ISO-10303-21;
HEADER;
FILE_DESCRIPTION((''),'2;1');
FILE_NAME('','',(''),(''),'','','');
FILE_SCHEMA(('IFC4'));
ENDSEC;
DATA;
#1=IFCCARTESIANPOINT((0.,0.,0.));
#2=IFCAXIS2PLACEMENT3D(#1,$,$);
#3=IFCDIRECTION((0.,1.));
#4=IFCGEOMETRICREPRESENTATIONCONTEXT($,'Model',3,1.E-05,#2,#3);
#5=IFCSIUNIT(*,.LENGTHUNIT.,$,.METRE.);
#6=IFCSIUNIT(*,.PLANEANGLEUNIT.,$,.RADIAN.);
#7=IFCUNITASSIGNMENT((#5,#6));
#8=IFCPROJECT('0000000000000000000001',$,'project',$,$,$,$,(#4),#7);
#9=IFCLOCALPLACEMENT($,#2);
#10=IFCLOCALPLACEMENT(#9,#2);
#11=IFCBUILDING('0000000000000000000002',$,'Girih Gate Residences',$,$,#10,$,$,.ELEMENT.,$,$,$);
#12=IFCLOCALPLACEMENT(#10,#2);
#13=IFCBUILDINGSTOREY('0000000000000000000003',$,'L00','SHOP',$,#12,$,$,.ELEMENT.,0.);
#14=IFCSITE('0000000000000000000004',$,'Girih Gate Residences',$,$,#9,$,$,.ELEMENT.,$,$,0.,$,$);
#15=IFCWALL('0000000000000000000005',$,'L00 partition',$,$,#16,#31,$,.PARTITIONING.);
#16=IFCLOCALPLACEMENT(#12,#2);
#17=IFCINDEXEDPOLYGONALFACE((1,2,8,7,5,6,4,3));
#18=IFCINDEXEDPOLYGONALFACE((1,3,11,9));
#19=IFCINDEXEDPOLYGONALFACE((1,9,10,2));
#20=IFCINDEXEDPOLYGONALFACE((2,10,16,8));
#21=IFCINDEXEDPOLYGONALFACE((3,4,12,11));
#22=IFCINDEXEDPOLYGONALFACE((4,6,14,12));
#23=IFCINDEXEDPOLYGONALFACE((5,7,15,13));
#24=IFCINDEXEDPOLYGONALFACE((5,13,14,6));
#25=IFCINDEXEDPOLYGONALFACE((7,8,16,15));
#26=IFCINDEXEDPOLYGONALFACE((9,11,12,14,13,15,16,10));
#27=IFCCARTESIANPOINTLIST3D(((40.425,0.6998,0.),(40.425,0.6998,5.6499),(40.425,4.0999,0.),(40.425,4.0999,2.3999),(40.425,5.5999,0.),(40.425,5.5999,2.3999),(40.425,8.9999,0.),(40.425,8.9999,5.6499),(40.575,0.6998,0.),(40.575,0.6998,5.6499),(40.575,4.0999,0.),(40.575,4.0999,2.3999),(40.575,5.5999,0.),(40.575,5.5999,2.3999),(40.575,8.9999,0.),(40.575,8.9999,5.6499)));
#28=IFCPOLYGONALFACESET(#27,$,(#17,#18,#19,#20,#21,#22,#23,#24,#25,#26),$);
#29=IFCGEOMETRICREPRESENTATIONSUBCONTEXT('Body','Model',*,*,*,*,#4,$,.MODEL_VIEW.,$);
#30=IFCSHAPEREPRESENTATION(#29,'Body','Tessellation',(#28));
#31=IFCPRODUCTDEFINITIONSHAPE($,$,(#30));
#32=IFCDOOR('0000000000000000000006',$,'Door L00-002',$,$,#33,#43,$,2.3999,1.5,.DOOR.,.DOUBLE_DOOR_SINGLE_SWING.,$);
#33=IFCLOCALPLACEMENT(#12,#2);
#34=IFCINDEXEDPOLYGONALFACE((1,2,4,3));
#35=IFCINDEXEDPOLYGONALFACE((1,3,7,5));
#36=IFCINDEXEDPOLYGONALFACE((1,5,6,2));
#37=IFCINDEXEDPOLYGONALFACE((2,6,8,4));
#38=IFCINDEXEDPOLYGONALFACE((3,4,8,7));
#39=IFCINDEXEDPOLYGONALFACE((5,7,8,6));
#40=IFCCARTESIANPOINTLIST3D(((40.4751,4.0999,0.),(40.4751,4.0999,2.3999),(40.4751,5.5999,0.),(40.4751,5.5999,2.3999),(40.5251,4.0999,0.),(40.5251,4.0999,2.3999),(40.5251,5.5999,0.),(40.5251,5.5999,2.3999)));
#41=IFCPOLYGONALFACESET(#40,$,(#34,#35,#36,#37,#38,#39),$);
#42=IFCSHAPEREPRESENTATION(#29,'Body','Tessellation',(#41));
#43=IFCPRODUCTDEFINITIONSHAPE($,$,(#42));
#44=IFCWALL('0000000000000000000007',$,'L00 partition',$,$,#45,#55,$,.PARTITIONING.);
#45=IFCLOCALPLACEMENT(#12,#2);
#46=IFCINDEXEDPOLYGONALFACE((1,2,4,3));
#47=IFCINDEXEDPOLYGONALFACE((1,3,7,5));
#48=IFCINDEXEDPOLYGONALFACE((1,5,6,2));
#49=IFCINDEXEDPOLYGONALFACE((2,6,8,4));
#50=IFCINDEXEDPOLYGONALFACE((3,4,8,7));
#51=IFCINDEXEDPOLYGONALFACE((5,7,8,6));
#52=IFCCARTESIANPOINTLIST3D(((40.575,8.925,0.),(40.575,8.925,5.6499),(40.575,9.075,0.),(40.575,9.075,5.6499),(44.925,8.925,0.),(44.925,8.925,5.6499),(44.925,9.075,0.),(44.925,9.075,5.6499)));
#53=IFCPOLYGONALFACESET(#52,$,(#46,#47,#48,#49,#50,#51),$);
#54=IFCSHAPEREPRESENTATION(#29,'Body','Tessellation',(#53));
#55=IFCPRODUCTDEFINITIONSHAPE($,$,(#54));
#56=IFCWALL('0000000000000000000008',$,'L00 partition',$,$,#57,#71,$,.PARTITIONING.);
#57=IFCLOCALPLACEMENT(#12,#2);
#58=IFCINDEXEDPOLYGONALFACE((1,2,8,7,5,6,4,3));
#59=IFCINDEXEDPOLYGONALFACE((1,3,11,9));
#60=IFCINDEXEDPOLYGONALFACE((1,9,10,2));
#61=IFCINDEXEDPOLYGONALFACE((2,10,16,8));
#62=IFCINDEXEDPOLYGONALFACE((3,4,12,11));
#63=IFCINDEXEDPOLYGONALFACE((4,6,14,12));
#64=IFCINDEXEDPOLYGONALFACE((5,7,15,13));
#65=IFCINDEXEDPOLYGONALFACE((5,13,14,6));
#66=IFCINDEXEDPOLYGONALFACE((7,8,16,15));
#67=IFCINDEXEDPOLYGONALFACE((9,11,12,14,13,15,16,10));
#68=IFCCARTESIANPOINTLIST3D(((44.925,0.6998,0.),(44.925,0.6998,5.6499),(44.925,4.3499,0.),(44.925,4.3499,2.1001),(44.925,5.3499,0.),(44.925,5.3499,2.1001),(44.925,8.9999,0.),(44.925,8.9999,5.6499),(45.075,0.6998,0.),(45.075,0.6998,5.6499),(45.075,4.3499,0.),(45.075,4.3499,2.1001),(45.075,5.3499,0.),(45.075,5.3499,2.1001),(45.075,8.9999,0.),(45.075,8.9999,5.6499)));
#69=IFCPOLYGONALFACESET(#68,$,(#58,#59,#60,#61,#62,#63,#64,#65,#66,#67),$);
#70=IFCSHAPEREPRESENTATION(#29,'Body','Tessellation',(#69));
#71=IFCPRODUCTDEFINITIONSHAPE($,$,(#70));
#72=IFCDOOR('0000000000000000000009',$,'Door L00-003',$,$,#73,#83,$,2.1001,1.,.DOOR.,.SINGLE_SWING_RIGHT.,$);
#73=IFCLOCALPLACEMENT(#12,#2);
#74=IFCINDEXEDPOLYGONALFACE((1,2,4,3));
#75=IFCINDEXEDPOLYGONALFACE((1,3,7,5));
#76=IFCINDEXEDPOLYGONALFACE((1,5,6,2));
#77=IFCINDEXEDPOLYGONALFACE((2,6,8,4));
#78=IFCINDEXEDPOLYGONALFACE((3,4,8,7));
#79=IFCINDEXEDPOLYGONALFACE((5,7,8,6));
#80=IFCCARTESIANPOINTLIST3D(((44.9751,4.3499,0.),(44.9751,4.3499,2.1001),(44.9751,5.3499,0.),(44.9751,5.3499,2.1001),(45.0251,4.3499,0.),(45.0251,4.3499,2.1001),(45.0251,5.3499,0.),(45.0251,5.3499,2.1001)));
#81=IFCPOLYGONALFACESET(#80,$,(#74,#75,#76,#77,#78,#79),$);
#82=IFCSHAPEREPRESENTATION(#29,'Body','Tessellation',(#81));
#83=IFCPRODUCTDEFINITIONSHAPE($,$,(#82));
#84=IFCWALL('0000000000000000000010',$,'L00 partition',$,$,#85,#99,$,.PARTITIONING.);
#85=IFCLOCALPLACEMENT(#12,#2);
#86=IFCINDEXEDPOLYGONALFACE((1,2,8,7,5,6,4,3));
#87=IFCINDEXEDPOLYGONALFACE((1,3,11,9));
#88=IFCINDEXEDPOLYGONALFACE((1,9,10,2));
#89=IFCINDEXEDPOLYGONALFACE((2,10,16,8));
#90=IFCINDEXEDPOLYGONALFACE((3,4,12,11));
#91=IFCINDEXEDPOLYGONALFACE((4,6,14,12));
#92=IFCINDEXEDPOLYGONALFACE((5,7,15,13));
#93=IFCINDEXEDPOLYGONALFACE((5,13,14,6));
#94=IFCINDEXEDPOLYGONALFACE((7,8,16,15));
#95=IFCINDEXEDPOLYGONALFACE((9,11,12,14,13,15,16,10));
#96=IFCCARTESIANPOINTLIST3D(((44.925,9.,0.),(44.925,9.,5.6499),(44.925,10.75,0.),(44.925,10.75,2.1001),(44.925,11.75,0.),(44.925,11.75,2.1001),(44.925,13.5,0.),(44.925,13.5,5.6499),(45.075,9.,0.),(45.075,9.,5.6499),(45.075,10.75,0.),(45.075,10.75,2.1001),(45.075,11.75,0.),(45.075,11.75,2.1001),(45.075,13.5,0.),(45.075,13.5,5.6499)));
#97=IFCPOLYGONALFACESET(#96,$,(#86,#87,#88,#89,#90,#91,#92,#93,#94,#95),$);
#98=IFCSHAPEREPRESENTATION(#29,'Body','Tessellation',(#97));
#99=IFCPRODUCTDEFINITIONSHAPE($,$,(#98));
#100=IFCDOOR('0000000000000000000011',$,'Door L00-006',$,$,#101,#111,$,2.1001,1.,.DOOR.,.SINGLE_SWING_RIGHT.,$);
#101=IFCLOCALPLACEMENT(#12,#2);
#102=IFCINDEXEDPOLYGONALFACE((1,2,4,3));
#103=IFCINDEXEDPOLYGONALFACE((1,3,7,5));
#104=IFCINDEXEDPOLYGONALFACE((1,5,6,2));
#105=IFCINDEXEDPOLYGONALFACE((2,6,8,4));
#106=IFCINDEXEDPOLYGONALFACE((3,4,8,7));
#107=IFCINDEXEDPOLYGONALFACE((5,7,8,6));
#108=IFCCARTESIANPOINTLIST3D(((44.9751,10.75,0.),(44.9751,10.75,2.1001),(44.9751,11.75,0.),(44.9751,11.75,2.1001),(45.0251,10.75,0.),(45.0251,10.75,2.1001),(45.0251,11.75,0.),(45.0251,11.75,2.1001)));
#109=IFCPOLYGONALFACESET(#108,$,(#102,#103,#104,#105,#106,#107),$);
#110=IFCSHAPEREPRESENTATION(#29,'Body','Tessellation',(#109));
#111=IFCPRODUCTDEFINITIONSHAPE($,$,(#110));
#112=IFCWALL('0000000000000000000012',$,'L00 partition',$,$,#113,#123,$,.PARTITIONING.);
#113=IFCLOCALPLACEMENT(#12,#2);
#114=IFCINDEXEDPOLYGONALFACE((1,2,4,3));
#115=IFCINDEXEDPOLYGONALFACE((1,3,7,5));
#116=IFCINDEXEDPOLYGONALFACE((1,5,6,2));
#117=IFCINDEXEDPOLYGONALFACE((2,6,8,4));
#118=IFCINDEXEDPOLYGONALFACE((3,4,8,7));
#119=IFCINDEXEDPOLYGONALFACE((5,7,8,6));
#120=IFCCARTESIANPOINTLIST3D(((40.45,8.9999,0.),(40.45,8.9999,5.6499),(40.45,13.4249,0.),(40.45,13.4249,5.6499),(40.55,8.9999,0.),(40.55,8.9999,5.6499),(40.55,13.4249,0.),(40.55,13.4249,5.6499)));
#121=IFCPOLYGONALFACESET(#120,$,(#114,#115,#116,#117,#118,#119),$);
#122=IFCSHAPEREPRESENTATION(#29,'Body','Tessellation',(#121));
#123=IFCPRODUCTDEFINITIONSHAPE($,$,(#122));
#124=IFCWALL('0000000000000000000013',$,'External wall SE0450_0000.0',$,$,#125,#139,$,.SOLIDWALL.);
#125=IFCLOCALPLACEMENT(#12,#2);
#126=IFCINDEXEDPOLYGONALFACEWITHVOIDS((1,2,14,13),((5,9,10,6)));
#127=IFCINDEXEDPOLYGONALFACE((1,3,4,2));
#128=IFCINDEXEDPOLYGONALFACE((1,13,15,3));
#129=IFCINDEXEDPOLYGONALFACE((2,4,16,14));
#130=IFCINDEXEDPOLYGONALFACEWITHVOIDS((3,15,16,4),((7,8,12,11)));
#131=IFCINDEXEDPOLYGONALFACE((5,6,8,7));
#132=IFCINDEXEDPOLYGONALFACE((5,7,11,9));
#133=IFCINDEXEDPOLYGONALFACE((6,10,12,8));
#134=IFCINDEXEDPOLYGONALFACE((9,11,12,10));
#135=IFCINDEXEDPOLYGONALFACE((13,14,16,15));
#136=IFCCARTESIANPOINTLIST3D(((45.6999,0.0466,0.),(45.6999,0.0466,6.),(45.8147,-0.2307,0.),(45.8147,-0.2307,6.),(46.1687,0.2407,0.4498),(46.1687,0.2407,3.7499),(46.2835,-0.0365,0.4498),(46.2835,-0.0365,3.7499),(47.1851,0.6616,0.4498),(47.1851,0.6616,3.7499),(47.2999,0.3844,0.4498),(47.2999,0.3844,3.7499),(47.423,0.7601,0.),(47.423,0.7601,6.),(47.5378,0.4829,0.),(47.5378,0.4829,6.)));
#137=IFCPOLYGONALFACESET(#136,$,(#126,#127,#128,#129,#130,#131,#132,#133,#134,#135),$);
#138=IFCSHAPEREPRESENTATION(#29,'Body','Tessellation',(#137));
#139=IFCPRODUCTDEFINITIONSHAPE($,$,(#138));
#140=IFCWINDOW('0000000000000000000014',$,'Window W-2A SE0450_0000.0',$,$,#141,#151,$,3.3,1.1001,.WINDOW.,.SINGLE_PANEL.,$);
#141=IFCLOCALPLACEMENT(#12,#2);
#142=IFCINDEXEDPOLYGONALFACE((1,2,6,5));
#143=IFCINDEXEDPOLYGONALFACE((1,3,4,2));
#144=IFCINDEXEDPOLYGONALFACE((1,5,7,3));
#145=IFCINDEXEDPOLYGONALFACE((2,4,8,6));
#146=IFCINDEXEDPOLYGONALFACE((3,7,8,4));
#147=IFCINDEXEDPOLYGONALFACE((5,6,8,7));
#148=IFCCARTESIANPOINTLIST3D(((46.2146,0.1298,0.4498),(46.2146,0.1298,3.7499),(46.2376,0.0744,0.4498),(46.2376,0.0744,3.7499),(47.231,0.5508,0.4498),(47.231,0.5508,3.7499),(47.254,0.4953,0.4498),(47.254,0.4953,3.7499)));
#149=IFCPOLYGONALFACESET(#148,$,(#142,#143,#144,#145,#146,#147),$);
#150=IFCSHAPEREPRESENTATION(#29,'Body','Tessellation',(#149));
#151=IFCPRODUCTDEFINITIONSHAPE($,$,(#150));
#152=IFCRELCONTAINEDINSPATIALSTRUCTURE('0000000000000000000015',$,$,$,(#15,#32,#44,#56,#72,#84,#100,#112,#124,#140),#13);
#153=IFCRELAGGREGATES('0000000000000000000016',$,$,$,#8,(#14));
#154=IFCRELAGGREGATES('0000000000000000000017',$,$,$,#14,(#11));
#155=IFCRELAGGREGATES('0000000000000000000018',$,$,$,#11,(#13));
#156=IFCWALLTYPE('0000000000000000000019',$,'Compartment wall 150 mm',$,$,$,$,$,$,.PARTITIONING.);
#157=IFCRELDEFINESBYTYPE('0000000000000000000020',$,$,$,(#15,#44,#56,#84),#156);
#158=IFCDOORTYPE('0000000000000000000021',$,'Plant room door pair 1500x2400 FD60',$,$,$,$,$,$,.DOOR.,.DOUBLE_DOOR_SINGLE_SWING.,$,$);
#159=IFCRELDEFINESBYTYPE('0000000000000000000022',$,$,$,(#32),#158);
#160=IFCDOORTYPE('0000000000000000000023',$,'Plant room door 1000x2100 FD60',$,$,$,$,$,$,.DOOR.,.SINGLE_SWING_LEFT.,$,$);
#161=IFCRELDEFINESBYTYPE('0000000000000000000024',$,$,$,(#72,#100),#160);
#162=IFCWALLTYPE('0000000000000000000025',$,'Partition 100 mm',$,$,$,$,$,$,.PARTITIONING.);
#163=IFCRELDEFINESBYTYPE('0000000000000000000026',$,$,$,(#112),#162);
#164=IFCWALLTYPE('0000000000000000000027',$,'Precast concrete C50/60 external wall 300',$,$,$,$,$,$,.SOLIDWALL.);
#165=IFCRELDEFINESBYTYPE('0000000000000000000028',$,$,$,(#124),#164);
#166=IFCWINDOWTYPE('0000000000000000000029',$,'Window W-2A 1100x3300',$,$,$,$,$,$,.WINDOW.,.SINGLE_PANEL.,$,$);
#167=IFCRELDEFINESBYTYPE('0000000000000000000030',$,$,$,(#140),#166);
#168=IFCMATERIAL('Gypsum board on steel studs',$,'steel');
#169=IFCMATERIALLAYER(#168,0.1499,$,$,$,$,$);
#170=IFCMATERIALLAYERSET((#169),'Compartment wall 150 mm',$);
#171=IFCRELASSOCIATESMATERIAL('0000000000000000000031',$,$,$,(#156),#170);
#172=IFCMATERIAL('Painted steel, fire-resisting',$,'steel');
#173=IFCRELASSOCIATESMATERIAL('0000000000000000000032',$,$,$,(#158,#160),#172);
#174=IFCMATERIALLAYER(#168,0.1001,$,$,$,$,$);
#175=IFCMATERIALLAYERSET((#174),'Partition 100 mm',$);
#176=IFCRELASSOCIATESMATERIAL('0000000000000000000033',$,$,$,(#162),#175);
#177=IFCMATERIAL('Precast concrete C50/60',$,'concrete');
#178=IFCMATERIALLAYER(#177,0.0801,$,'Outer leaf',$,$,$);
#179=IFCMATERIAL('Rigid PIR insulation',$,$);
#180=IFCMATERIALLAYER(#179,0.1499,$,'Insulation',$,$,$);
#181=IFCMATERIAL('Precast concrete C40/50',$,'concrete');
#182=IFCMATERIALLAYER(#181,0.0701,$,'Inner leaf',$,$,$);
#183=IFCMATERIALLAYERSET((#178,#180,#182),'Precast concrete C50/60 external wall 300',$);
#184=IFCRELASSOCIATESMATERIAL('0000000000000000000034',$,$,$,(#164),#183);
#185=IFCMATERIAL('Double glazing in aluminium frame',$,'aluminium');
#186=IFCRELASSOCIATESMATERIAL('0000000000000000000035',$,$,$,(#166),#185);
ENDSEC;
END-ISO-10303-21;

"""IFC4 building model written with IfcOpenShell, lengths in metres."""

from ifc_helpers import new_model, si_unit, direction, frame, frame_2d, origin, place, context, subcontext, project, spatial, rectangle, extrude, material, layer, layer_set, type_object, element, fill, save


model = new_model("IFC4")

# Units and contexts
model_context = context("Model", 3, precision=1e-05, world=origin(), true_north=direction((0.0, 1.0)))
body_context = subcontext(model_context, "Body", "Model", "MODEL_VIEW")
ifc_project = project(units=[si_unit("LENGTHUNIT", "METRE"), si_unit("PLANEANGLEUNIT", "RADIAN")], contexts=[model_context])

# Site, building, storey
site_placement = place(None, origin())
site = spatial("IfcSite", under=ifc_project, at=site_placement, Name="Girih Gate Residences", CompositionType="ELEMENT", RefElevation=0.0)
building_placement = place(site_placement, origin())
building = spatial("IfcBuilding", under=site, at=building_placement, Name="Girih Gate Residences", CompositionType="ELEMENT")
storey_placement = place(building_placement, origin())
storey = spatial("IfcBuildingStorey", under=building, at=storey_placement, Name="L00", Description="SHOP", CompositionType="ELEMENT", Elevation=0.0)

# Wall, opening, door
ifc_material_1 = material(Name="Gypsum board on steel studs", Category="steel")
ifc_layer_1 = layer(ifc_material_1, 0.1499)
ifc_layer_set_1 = layer_set([ifc_layer_1], Name="Compartment wall 150 mm")
wall_type_1 = type_object("IfcWallType", Name="Compartment wall 150 mm", PredefinedType="PARTITIONING", material=ifc_layer_set_1)
wall_1_placement = place(storey_placement, frame((40.5, 0.7, 0.0), z_axis=(0.0, 0.0, 1.0), x_axis=(0.0, 1.0, 0.0)))
wall_1 = element("IfcWall", 1, at=wall_1_placement, inside=storey, type_object=wall_type_1, Name="L00 partition", PredefinedType="PARTITIONING", context=body_context, shape_type="SweptSolid", body=[
    extrude(rectangle(XDim=8.3, YDim=0.1499, at=frame_2d((4.1499, 0.0))), origin(), (0.0, 0.0, 1.0), 5.6499),
])
opening_1_placement = place(wall_1_placement, frame((3.3999, 0.0, 0.0)))
opening_1 = element("IfcOpeningElement", 2, at=opening_1_placement, cuts=wall_1, PredefinedType="OPENING", context=body_context, shape_type="SweptSolid", body=[
    extrude(rectangle(XDim=1.5, YDim=2.3999, at=frame_2d((0.75, 1.2))), frame((0.0, 0.085, 0.0), z_axis=(0.0, -1.0, 0.0), x_axis=(1.0, 0.0, 0.0)), (0.0, 0.0, 1.0), 0.1699),
])
ifc_material_2 = material(Name="Painted steel, fire-resisting", Category="steel")
door_type_1 = type_object("IfcDoorType", Name="Plant room door pair 1500x2400 FD60", OperationType="DOUBLE_DOOR_SINGLE_SWING", PredefinedType="DOOR", material=ifc_material_2)
door_1_placement = place(opening_1_placement, origin())
door_1 = element("IfcDoor", 3, at=door_1_placement, inside=storey, type_object=door_type_1, Name="Door L00-002", OperationType="DOUBLE_DOOR_SINGLE_SWING", OverallHeight=2.3999, OverallWidth=1.5, PredefinedType="DOOR", context=body_context, shape_type="SweptSolid", body=[
    extrude(rectangle(XDim=1.5, YDim=2.3999, at=frame_2d((0.75, 1.2))), frame((0.0, 0.0249, 0.0), z_axis=(0.0, -1.0, 0.0), x_axis=(1.0, 0.0, 0.0)), (0.0, 0.0, 1.0), 0.05),
])
fill(opening_1, door_1)

# Wall
wall_2_placement = place(storey_placement, frame((40.575, 9.0, 0.0), z_axis=(0.0, 0.0, 1.0), x_axis=(1.0, 0.0, 0.0)))
element("IfcWall", 4, at=wall_2_placement, inside=storey, type_object=wall_type_1, Name="L00 partition", PredefinedType="PARTITIONING", context=body_context, shape_type="SweptSolid", body=[
    extrude(rectangle(XDim=4.3501, YDim=0.1499, at=frame_2d((2.175, 0.0))), origin(), (0.0, 0.0, 1.0), 5.6499),
])

# Walls, openings, doors
wall_3_placement = place(storey_placement, frame((45.0, 0.7, 0.0), z_axis=(0.0, 0.0, 1.0), x_axis=(0.0, 1.0, 0.0)))
wall_3 = element("IfcWall", 5, at=wall_3_placement, inside=storey, type_object=wall_type_1, Name="L00 partition", PredefinedType="PARTITIONING", context=body_context, shape_type="SweptSolid", body=[
    extrude(rectangle(XDim=8.3, YDim=0.1499, at=frame_2d((4.1499, 0.0))), origin(), (0.0, 0.0, 1.0), 5.6499),
])
opening_2_placement = place(wall_3_placement, frame((3.6499, 0.0, 0.0)))
opening_2 = element("IfcOpeningElement", 6, at=opening_2_placement, cuts=wall_3, PredefinedType="OPENING", context=body_context, shape_type="SweptSolid", body=[
    extrude(rectangle(XDim=1.0, YDim=2.1001, at=frame_2d((0.5, 1.05))), frame((0.0, 0.085, 0.0), z_axis=(0.0, -1.0, 0.0), x_axis=(1.0, 0.0, 0.0)), (0.0, 0.0, 1.0), 0.1699),
])
door_type_2 = type_object("IfcDoorType", Name="Plant room door 1000x2100 FD60", OperationType="SINGLE_SWING_LEFT", PredefinedType="DOOR", material=ifc_material_2)
door_2_placement = place(opening_2_placement, origin())
door_2 = element("IfcDoor", 7, at=door_2_placement, inside=storey, type_object=door_type_2, Name="Door L00-003", OperationType="SINGLE_SWING_RIGHT", OverallHeight=2.1001, OverallWidth=1.0, PredefinedType="DOOR", context=body_context, shape_type="SweptSolid", body=[
    extrude(rectangle(XDim=1.0, YDim=2.1001, at=frame_2d((0.5, 1.05))), frame((0.0, 0.0249, 0.0), z_axis=(0.0, -1.0, 0.0), x_axis=(1.0, 0.0, 0.0)), (0.0, 0.0, 1.0), 0.05),
])
fill(opening_2, door_2)
wall_4_placement = place(storey_placement, frame((45.0, 9.0, 0.0), z_axis=(0.0, 0.0, 1.0), x_axis=(0.0, 1.0, 0.0)))
wall_4 = element("IfcWall", 8, at=wall_4_placement, inside=storey, type_object=wall_type_1, Name="L00 partition", PredefinedType="PARTITIONING", context=body_context, shape_type="SweptSolid", body=[
    extrude(rectangle(XDim=4.5, YDim=0.1499, at=frame_2d((2.25, 0.0))), origin(), (0.0, 0.0, 1.0), 5.6499),
])
opening_3_placement = place(wall_4_placement, frame((1.75, 0.0, 0.0)))
opening_3 = element("IfcOpeningElement", 9, at=opening_3_placement, cuts=wall_4, PredefinedType="OPENING", context=body_context, shape_type="SweptSolid", body=[
    extrude(rectangle(XDim=1.0, YDim=2.1001, at=frame_2d((0.5, 1.05))), frame((0.0, 0.085, 0.0), z_axis=(0.0, -1.0, 0.0), x_axis=(1.0, 0.0, 0.0)), (0.0, 0.0, 1.0), 0.1699),
])
door_3_placement = place(opening_3_placement, origin())
door_3 = element("IfcDoor", 10, at=door_3_placement, inside=storey, type_object=door_type_2, Name="Door L00-006", OperationType="SINGLE_SWING_RIGHT", OverallHeight=2.1001, OverallWidth=1.0, PredefinedType="DOOR", context=body_context, shape_type="SweptSolid", body=[
    extrude(rectangle(XDim=1.0, YDim=2.1001, at=frame_2d((0.5, 1.05))), frame((0.0, 0.0249, 0.0), z_axis=(0.0, -1.0, 0.0), x_axis=(1.0, 0.0, 0.0)), (0.0, 0.0, 1.0), 0.05),
])
fill(opening_3, door_3)

# Wall
ifc_layer_2 = layer(ifc_material_1, 0.1001)
ifc_layer_set_2 = layer_set([ifc_layer_2], Name="Partition 100 mm")
wall_type_2 = type_object("IfcWallType", Name="Partition 100 mm", PredefinedType="PARTITIONING", material=ifc_layer_set_2)
wall_5_placement = place(storey_placement, frame((40.5, 9.0, 0.0), z_axis=(0.0, 0.0, 1.0), x_axis=(0.0, 1.0, 0.0)))
element("IfcWall", 11, at=wall_5_placement, inside=storey, type_object=wall_type_2, Name="L00 partition", PredefinedType="PARTITIONING", context=body_context, shape_type="SweptSolid", body=[
    extrude(rectangle(XDim=4.425, YDim=0.1001, at=frame_2d((2.2124, 0.0))), origin(), (0.0, 0.0, 1.0), 5.6499),
])

# Wall, opening, window
ifc_material_3 = material(Name="Precast concrete C50/60", Category="concrete")
ifc_layer_3 = layer(ifc_material_3, 0.0801, Name="Outer leaf")
ifc_material_4 = material(Name="Rigid PIR insulation")
ifc_layer_4 = layer(ifc_material_4, 0.1499, Name="Insulation")
ifc_material_5 = material(Name="Precast concrete C40/50", Category="concrete")
ifc_layer_5 = layer(ifc_material_5, 0.0701, Name="Inner leaf")
ifc_layer_set_3 = layer_set([ifc_layer_3, ifc_layer_4, ifc_layer_5], Name="Precast concrete C50/60 external wall 300")
wall_type_3 = type_object("IfcWallType", Name="Precast concrete C50/60 external wall 300", PredefinedType="SOLIDWALL", material=ifc_layer_set_3)
wall_6_placement = place(storey_placement, frame((47.4805, 0.6216, 0.0), z_axis=(0.0, 0.0, 1.0), x_axis=(-0.923904, -0.382625, 0.0)))
wall_6 = element("IfcWall", 12, at=wall_6_placement, inside=storey, type_object=wall_type_3, Name="External wall SE0450_0000.0", PredefinedType="SOLIDWALL", context=body_context, shape_type="SweptSolid", body=[
    extrude(rectangle(XDim=1.865, YDim=0.3, at=frame_2d((0.9326, 0.0))), origin(), (0.0, 0.0, 1.0), 6.0),
])
opening_4_placement = place(wall_6_placement, frame((0.2576, 0.0, 0.45)))
opening_4 = element("IfcOpeningElement", 13, at=opening_4_placement, cuts=wall_6, PredefinedType="OPENING", context=body_context, shape_type="SweptSolid", body=[
    extrude(rectangle(XDim=1.1001, YDim=3.3, at=frame_2d((0.55, 1.6499))), frame((0.0, 0.1599, 0.0), z_axis=(0.0, -1.0, 0.0), x_axis=(1.0, 0.0, 0.0)), (0.0, 0.0, 1.0), 0.3201),
])
ifc_material_6 = material(Name="Double glazing in aluminium frame", Category="aluminium")
window_type = type_object("IfcWindowType", Name="Window W-2A 1100x3300", PartitioningType="SINGLE_PANEL", PredefinedType="WINDOW", material=ifc_material_6)
window_1_placement = place(opening_4_placement, origin())
window_1 = element("IfcWindow", 14, at=window_1_placement, inside=storey, type_object=window_type, Name="Window W-2A SE0450_0000.0", OverallHeight=3.3, OverallWidth=1.1001, PartitioningType="SINGLE_PANEL", PredefinedType="WINDOW", context=body_context, shape_type="SweptSolid", body=[
    extrude(rectangle(XDim=1.1001, YDim=3.3, at=frame_2d((0.55, 1.6499))), frame((0.0, 0.03, 0.0), z_axis=(0.0, -1.0, 0.0), x_axis=(1.0, 0.0, 0.0)), (0.0, 0.0, 1.0), 0.0601),
])
fill(opening_4, window_1)

save(model, "model.ifc")
